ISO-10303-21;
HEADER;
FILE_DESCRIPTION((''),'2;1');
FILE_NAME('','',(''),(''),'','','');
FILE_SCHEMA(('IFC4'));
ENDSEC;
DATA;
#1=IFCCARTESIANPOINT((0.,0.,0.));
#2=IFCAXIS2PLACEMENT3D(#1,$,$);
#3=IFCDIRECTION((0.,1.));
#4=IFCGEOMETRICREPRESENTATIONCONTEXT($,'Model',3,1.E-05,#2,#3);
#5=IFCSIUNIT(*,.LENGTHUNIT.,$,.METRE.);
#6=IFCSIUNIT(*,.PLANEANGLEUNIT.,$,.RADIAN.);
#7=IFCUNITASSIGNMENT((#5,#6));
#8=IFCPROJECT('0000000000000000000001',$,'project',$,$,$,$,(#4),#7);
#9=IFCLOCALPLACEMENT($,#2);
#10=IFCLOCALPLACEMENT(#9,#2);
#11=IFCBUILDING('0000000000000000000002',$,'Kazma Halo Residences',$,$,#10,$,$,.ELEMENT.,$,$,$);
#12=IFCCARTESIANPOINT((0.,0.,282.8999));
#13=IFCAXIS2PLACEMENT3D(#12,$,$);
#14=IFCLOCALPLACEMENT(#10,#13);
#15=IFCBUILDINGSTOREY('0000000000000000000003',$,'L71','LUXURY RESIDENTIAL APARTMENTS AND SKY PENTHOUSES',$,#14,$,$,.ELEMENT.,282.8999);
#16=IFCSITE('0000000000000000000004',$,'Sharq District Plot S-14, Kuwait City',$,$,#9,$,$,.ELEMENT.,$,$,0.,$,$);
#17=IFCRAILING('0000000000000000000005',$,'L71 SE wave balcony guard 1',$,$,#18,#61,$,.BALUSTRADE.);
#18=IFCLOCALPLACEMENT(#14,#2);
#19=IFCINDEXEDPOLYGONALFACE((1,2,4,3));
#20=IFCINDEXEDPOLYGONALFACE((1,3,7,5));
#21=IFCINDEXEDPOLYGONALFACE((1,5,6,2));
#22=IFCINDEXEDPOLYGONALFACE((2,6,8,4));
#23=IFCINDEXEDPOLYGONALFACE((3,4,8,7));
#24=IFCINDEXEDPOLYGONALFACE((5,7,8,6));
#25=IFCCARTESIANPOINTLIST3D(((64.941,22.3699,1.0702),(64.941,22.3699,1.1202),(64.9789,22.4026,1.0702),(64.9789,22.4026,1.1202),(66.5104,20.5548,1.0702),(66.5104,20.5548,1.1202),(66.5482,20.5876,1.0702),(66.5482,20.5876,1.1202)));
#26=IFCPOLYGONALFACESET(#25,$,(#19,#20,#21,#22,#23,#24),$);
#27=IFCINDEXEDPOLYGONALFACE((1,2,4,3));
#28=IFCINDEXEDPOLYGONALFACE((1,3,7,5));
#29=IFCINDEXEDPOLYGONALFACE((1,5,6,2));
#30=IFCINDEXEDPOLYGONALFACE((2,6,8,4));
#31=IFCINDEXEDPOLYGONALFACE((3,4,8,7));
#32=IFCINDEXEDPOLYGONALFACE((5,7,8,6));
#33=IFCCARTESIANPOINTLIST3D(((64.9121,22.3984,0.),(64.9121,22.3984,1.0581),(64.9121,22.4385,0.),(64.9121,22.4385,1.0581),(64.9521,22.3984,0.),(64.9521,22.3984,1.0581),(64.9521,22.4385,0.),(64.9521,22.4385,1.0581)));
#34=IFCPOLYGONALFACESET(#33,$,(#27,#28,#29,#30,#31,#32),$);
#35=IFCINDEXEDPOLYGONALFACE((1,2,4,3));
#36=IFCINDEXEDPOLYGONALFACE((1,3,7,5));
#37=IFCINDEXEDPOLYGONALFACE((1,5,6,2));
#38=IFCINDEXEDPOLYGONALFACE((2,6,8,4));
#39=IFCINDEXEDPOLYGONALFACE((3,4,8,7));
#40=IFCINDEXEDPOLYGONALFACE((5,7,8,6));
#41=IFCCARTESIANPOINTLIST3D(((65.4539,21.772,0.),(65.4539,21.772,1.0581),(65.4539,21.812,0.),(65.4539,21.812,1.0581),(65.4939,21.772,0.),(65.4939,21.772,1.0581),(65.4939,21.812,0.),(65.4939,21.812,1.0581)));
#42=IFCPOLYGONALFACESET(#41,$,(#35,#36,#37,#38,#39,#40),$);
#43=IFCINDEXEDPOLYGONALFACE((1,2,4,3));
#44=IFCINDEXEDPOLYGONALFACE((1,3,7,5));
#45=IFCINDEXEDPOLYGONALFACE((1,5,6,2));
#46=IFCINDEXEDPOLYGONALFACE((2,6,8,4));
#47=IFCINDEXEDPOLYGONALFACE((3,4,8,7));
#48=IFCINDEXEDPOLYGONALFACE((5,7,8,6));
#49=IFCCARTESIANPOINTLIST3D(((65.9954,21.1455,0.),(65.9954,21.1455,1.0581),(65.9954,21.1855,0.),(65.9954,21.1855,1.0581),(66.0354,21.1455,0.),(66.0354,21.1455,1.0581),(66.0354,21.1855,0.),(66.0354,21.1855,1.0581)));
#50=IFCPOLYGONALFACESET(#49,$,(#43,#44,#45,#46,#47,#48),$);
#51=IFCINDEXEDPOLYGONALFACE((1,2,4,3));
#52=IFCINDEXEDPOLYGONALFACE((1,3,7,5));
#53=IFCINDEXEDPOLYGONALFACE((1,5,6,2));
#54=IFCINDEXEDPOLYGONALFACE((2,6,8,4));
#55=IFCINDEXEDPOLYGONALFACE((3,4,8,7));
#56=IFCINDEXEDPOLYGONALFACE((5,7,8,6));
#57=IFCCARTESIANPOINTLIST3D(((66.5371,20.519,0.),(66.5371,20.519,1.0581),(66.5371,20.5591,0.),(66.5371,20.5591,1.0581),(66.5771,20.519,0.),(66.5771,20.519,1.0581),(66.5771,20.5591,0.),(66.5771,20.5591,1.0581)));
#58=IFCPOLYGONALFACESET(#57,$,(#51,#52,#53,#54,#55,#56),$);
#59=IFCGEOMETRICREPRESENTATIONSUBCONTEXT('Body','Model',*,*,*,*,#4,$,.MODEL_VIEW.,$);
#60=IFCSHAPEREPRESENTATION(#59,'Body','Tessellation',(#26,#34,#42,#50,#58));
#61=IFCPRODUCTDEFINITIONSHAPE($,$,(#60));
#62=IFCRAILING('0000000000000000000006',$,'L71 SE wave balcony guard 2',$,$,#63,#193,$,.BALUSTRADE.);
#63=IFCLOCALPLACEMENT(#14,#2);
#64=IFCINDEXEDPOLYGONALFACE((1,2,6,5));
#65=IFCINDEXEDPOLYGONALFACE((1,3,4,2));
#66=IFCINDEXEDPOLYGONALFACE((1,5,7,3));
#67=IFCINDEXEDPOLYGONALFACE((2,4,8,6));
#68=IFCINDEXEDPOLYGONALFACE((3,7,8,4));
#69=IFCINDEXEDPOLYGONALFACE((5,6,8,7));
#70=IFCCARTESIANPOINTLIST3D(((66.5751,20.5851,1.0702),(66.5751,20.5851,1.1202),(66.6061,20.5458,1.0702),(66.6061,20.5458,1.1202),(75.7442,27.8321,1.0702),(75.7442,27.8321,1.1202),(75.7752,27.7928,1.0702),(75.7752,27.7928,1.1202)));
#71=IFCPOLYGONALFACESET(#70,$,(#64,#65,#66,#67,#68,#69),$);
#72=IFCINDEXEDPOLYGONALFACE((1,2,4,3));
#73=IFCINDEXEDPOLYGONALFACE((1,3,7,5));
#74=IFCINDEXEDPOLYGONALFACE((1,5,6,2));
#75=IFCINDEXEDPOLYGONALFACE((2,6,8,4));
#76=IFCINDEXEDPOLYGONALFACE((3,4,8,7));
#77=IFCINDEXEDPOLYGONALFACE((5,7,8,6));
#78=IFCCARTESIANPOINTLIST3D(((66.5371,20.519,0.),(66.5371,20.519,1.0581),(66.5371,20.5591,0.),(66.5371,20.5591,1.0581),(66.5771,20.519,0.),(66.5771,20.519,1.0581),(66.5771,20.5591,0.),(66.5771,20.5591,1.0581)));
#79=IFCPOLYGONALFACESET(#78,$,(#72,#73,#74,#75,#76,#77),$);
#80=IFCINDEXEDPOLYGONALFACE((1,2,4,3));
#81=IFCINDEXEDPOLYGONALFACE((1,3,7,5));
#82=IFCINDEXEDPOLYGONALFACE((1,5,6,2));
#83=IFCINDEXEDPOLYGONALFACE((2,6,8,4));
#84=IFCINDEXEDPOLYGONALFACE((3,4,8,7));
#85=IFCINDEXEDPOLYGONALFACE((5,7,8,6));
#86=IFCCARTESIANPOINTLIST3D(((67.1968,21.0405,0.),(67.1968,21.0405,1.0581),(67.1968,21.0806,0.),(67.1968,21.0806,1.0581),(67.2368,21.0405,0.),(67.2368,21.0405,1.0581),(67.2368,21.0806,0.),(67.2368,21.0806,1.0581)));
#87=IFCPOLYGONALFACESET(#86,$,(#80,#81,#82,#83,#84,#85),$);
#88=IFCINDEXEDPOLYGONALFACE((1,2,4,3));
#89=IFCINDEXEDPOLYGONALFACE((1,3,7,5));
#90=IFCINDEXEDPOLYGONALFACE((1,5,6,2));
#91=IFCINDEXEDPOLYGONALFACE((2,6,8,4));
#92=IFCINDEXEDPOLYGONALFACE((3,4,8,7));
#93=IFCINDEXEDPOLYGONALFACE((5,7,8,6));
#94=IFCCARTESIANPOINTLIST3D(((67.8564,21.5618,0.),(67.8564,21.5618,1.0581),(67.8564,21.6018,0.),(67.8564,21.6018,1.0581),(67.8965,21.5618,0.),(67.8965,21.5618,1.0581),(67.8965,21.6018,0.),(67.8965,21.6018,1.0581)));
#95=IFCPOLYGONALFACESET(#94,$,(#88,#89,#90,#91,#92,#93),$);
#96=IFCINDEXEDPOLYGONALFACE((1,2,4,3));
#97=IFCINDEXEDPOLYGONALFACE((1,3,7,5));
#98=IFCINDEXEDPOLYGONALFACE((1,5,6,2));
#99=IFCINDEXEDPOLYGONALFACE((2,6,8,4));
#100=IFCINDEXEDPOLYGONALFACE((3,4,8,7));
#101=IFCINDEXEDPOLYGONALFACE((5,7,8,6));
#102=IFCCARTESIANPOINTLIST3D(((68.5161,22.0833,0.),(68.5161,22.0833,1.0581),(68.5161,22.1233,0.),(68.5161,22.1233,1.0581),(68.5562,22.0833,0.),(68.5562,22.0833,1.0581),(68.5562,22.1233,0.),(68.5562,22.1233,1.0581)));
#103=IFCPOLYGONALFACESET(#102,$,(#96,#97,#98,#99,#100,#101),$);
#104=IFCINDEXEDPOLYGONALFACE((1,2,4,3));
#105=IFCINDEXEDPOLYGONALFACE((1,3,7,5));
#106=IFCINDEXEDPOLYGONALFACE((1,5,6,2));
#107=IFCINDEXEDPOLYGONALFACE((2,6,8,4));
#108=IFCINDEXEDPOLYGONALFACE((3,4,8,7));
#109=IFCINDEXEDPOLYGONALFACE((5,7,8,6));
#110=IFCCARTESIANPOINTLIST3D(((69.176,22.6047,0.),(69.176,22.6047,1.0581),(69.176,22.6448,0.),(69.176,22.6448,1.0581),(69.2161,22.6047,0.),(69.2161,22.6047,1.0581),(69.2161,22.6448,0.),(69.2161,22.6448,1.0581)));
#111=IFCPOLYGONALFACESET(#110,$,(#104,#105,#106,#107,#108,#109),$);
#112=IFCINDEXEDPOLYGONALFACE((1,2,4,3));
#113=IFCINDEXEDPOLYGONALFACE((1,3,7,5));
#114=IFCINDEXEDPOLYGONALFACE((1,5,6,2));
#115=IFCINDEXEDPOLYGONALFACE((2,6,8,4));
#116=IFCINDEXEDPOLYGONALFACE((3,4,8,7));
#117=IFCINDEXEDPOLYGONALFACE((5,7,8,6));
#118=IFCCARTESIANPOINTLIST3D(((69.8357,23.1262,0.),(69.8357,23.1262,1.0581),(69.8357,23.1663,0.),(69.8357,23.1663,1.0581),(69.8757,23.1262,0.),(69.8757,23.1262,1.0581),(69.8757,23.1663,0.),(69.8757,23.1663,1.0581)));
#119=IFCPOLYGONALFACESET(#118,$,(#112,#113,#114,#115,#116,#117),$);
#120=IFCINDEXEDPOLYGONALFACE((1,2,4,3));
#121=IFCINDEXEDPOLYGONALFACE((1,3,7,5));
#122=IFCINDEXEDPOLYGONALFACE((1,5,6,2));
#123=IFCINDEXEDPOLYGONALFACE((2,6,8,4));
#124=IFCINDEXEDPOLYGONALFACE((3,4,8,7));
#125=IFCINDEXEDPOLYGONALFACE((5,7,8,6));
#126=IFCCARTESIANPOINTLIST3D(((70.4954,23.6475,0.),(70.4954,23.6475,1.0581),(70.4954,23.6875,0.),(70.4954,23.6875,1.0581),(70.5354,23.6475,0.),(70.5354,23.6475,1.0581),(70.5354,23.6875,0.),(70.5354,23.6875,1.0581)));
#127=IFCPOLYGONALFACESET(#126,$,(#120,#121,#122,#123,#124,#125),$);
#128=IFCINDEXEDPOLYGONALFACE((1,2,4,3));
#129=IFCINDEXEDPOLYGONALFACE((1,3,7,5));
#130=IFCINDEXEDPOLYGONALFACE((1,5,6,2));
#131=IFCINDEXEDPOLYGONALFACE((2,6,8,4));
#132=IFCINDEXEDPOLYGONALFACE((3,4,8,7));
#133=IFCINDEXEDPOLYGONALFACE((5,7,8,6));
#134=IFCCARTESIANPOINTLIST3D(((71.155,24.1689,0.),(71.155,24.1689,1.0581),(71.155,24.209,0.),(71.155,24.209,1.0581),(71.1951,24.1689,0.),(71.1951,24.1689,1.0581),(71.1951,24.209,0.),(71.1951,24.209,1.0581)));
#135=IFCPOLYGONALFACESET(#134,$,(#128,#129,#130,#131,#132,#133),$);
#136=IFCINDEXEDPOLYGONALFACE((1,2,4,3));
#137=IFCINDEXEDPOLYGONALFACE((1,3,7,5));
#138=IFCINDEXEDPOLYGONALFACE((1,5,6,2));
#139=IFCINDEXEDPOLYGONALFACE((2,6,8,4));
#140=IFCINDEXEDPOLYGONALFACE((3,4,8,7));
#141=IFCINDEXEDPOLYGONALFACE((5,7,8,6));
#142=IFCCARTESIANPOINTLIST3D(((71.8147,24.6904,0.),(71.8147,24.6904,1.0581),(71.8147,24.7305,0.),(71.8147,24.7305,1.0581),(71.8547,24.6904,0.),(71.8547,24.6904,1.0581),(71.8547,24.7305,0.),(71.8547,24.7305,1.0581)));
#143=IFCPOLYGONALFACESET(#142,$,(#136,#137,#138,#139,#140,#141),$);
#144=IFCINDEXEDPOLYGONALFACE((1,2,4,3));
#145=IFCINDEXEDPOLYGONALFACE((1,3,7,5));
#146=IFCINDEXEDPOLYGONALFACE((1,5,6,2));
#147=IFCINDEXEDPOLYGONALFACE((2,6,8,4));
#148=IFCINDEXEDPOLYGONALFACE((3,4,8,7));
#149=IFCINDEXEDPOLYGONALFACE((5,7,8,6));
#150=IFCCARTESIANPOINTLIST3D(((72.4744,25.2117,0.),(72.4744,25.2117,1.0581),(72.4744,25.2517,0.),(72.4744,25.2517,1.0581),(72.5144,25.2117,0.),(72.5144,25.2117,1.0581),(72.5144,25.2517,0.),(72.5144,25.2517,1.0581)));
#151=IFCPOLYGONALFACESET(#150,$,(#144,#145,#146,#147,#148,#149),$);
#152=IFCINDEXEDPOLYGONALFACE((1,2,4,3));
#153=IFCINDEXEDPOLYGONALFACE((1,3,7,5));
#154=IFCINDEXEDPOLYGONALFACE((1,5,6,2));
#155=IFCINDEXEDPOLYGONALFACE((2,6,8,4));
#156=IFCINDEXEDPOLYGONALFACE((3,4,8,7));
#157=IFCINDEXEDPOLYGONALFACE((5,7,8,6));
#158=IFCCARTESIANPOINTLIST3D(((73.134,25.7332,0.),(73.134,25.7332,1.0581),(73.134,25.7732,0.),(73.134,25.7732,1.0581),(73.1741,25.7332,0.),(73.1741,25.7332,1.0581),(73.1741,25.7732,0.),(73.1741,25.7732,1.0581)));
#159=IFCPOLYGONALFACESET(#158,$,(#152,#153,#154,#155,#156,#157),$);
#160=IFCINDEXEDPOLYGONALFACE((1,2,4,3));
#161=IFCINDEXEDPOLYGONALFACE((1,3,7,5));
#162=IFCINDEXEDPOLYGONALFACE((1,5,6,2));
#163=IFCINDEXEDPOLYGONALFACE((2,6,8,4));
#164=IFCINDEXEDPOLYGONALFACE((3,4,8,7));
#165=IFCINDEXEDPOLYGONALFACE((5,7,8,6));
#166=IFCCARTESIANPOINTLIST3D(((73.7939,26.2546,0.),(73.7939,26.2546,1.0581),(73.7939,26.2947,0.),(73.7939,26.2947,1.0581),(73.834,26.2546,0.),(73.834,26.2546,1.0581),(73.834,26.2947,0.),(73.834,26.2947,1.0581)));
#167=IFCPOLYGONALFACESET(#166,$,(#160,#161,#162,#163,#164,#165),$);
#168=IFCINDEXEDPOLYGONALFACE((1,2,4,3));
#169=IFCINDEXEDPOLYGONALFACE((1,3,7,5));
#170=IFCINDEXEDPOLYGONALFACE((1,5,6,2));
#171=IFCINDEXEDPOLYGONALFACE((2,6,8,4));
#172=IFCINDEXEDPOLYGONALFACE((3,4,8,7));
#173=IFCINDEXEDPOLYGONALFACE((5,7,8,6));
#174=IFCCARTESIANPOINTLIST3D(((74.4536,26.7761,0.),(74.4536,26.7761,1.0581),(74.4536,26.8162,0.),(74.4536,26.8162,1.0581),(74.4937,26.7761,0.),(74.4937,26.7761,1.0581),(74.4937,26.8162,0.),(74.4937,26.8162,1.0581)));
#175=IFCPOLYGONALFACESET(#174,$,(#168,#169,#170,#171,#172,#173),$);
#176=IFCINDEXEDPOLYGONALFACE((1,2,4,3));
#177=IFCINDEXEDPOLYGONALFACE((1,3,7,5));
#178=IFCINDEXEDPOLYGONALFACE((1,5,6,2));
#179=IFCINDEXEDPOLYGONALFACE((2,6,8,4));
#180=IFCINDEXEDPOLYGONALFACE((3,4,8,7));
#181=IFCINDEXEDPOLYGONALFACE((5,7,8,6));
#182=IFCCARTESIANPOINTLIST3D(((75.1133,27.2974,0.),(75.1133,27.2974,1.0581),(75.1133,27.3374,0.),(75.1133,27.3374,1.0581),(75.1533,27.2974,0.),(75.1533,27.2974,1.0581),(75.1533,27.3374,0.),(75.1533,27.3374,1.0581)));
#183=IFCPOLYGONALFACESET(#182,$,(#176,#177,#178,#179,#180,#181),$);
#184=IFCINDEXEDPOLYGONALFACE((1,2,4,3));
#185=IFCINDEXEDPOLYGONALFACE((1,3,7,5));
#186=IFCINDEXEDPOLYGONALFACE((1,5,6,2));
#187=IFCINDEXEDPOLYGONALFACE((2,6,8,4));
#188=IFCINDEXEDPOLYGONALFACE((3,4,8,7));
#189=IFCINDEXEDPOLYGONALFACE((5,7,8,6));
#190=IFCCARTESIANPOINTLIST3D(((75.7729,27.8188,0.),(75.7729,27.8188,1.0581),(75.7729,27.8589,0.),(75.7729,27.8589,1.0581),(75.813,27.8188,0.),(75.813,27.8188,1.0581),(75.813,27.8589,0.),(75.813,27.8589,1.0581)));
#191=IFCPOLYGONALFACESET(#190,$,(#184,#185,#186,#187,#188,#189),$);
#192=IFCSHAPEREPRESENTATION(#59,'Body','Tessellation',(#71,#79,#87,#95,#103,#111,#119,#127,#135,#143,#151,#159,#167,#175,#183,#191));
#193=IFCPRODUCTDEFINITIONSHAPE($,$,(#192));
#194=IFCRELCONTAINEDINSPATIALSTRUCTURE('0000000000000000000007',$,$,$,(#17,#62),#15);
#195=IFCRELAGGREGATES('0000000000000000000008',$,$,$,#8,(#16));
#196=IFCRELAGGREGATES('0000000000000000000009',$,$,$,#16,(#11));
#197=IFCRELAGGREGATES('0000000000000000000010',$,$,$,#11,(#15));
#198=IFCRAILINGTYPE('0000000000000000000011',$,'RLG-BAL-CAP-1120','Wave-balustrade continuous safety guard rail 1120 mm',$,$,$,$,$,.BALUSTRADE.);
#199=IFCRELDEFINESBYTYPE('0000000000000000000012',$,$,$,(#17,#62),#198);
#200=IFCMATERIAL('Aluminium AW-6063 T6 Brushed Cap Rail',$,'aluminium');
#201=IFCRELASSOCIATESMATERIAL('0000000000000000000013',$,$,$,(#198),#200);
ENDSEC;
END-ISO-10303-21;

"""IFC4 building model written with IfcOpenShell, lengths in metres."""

from ifc_helpers import new_model, si_unit, direction, frame, origin, origin_2d, place, context, subcontext, project, spatial, rectangle, extrude, material, type_object, element, save


model = new_model("IFC4")

# Units and contexts
model_context = context("Model", 3, precision=1e-05, world=origin(), true_north=direction((0.0, 1.0)))
body_context = subcontext(model_context, "Body", "Model", "MODEL_VIEW")
ifc_project = project(units=[si_unit("LENGTHUNIT", "METRE"), si_unit("PLANEANGLEUNIT", "RADIAN")], contexts=[model_context])

# Site, building, storey
site_placement = place(None, origin())
site = spatial("IfcSite", under=ifc_project, at=site_placement, Name="Sharq District Plot S-14, Kuwait City", CompositionType="ELEMENT", RefElevation=0.0)
building_placement = place(site_placement, origin())
building = spatial("IfcBuilding", under=site, at=building_placement, Name="Kazma Halo Residences", CompositionType="ELEMENT")
storey_placement = place(building_placement, frame((0.0, 0.0, 282.8999)))
storey = spatial("IfcBuildingStorey", under=building, at=storey_placement, Name="L71", Description="LUXURY RESIDENTIAL APARTMENTS AND SKY PENTHOUSES", CompositionType="ELEMENT", Elevation=282.8999)

# Railings
ifc_material_1 = material(Name="Aluminium AW-6063 T6 Brushed Cap Rail", Category="aluminium")
railing_type = type_object("IfcRailingType", Name="RLG-BAL-CAP-1120", Description="Wave-balustrade continuous safety guard rail 1120 mm", PredefinedType="BALUSTRADE", material=ifc_material_1)
railing_1_placement = place(storey_placement, frame((64.9321, 22.4185, 0.0)))
element("IfcRailing", 1, at=railing_1_placement, inside=storey, type_object=railing_type, Name="L71 SE wave balcony guard 1", PredefinedType="BALUSTRADE", context=body_context, shape_type="SweptSolid", body=[
    extrude(rectangle(XDim=0.05, YDim=0.05, at=origin_2d()), frame((0.0278, -0.0322, 1.0952), z_axis=(0.654055, -0.756447, 0.0), x_axis=(0.756447, 0.654055, 0.0)), (0.0, 0.0, 1.0), 2.3994),
    extrude(rectangle(XDim=0.04, YDim=0.04, at=origin_2d()), origin(), (0.0, 0.0, 1.0), 1.0581),
    extrude(rectangle(XDim=0.04, YDim=0.04, at=origin_2d()), frame((0.5417, -0.6265, 0.0)), (0.0, 0.0, 1.0), 1.0581),
    extrude(rectangle(XDim=0.04, YDim=0.04, at=origin_2d()), frame((1.0833, -1.2529, 0.0)), (0.0, 0.0, 1.0), 1.0581),
    extrude(rectangle(XDim=0.04, YDim=0.04, at=origin_2d()), frame((1.625, -1.8794, 0.0)), (0.0, 0.0, 1.0), 1.0581),
])
railing_2_placement = place(storey_placement, frame((66.5571, 20.5391, 0.0)))
element("IfcRailing", 2, at=railing_2_placement, inside=storey, type_object=railing_type, Name="L71 SE wave balcony guard 2", PredefinedType="BALUSTRADE", context=body_context, shape_type="SweptSolid", body=[
    extrude(rectangle(XDim=0.05, YDim=0.05, at=origin_2d()), frame((0.0334, 0.0264, 1.0952), z_axis=(0.784538, 0.620081, 0.0), x_axis=(-0.620081, 0.784538, 0.0)), (0.0, 0.0, 1.0), 11.6873),
    extrude(rectangle(XDim=0.04, YDim=0.04, at=origin_2d()), origin(), (0.0, 0.0, 1.0), 1.0581),
    extrude(rectangle(XDim=0.04, YDim=0.04, at=origin_2d()), frame((0.6597, 0.5215, 0.0)), (0.0, 0.0, 1.0), 1.0581),
    extrude(rectangle(XDim=0.04, YDim=0.04, at=origin_2d()), frame((1.3193, 1.0427, 0.0)), (0.0, 0.0, 1.0), 1.0581),
    extrude(rectangle(XDim=0.04, YDim=0.04, at=origin_2d()), frame((1.979, 1.5642, 0.0)), (0.0, 0.0, 1.0), 1.0581),
    extrude(rectangle(XDim=0.04, YDim=0.04, at=origin_2d()), frame((2.6389, 2.0857, 0.0)), (0.0, 0.0, 1.0), 1.0581),
    extrude(rectangle(XDim=0.04, YDim=0.04, at=origin_2d()), frame((3.2986, 2.6072, 0.0)), (0.0, 0.0, 1.0), 1.0581),
    extrude(rectangle(XDim=0.04, YDim=0.04, at=origin_2d()), frame((3.9583, 3.1284, 0.0)), (0.0, 0.0, 1.0), 1.0581),
    extrude(rectangle(XDim=0.04, YDim=0.04, at=origin_2d()), frame((4.6179, 3.6499, 0.0)), (0.0, 0.0, 1.0), 1.0581),
    extrude(rectangle(XDim=0.04, YDim=0.04, at=origin_2d()), frame((5.2776, 4.1714, 0.0)), (0.0, 0.0, 1.0), 1.0581),
    extrude(rectangle(XDim=0.04, YDim=0.04, at=origin_2d()), frame((5.9373, 4.6926, 0.0)), (0.0, 0.0, 1.0), 1.0581),
    extrude(rectangle(XDim=0.04, YDim=0.04, at=origin_2d()), frame((6.5969, 5.2141, 0.0)), (0.0, 0.0, 1.0), 1.0581),
    extrude(rectangle(XDim=0.04, YDim=0.04, at=origin_2d()), frame((7.2568, 5.7356, 0.0)), (0.0, 0.0, 1.0), 1.0581),
    extrude(rectangle(XDim=0.04, YDim=0.04, at=origin_2d()), frame((7.9165, 6.2571, 0.0)), (0.0, 0.0, 1.0), 1.0581),
    extrude(rectangle(XDim=0.04, YDim=0.04, at=origin_2d()), frame((8.5762, 6.7783, 0.0)), (0.0, 0.0, 1.0), 1.0581),
    extrude(rectangle(XDim=0.04, YDim=0.04, at=origin_2d()), frame((9.2358, 7.2998, 0.0)), (0.0, 0.0, 1.0), 1.0581),
])

save(model, "model.ifc")
